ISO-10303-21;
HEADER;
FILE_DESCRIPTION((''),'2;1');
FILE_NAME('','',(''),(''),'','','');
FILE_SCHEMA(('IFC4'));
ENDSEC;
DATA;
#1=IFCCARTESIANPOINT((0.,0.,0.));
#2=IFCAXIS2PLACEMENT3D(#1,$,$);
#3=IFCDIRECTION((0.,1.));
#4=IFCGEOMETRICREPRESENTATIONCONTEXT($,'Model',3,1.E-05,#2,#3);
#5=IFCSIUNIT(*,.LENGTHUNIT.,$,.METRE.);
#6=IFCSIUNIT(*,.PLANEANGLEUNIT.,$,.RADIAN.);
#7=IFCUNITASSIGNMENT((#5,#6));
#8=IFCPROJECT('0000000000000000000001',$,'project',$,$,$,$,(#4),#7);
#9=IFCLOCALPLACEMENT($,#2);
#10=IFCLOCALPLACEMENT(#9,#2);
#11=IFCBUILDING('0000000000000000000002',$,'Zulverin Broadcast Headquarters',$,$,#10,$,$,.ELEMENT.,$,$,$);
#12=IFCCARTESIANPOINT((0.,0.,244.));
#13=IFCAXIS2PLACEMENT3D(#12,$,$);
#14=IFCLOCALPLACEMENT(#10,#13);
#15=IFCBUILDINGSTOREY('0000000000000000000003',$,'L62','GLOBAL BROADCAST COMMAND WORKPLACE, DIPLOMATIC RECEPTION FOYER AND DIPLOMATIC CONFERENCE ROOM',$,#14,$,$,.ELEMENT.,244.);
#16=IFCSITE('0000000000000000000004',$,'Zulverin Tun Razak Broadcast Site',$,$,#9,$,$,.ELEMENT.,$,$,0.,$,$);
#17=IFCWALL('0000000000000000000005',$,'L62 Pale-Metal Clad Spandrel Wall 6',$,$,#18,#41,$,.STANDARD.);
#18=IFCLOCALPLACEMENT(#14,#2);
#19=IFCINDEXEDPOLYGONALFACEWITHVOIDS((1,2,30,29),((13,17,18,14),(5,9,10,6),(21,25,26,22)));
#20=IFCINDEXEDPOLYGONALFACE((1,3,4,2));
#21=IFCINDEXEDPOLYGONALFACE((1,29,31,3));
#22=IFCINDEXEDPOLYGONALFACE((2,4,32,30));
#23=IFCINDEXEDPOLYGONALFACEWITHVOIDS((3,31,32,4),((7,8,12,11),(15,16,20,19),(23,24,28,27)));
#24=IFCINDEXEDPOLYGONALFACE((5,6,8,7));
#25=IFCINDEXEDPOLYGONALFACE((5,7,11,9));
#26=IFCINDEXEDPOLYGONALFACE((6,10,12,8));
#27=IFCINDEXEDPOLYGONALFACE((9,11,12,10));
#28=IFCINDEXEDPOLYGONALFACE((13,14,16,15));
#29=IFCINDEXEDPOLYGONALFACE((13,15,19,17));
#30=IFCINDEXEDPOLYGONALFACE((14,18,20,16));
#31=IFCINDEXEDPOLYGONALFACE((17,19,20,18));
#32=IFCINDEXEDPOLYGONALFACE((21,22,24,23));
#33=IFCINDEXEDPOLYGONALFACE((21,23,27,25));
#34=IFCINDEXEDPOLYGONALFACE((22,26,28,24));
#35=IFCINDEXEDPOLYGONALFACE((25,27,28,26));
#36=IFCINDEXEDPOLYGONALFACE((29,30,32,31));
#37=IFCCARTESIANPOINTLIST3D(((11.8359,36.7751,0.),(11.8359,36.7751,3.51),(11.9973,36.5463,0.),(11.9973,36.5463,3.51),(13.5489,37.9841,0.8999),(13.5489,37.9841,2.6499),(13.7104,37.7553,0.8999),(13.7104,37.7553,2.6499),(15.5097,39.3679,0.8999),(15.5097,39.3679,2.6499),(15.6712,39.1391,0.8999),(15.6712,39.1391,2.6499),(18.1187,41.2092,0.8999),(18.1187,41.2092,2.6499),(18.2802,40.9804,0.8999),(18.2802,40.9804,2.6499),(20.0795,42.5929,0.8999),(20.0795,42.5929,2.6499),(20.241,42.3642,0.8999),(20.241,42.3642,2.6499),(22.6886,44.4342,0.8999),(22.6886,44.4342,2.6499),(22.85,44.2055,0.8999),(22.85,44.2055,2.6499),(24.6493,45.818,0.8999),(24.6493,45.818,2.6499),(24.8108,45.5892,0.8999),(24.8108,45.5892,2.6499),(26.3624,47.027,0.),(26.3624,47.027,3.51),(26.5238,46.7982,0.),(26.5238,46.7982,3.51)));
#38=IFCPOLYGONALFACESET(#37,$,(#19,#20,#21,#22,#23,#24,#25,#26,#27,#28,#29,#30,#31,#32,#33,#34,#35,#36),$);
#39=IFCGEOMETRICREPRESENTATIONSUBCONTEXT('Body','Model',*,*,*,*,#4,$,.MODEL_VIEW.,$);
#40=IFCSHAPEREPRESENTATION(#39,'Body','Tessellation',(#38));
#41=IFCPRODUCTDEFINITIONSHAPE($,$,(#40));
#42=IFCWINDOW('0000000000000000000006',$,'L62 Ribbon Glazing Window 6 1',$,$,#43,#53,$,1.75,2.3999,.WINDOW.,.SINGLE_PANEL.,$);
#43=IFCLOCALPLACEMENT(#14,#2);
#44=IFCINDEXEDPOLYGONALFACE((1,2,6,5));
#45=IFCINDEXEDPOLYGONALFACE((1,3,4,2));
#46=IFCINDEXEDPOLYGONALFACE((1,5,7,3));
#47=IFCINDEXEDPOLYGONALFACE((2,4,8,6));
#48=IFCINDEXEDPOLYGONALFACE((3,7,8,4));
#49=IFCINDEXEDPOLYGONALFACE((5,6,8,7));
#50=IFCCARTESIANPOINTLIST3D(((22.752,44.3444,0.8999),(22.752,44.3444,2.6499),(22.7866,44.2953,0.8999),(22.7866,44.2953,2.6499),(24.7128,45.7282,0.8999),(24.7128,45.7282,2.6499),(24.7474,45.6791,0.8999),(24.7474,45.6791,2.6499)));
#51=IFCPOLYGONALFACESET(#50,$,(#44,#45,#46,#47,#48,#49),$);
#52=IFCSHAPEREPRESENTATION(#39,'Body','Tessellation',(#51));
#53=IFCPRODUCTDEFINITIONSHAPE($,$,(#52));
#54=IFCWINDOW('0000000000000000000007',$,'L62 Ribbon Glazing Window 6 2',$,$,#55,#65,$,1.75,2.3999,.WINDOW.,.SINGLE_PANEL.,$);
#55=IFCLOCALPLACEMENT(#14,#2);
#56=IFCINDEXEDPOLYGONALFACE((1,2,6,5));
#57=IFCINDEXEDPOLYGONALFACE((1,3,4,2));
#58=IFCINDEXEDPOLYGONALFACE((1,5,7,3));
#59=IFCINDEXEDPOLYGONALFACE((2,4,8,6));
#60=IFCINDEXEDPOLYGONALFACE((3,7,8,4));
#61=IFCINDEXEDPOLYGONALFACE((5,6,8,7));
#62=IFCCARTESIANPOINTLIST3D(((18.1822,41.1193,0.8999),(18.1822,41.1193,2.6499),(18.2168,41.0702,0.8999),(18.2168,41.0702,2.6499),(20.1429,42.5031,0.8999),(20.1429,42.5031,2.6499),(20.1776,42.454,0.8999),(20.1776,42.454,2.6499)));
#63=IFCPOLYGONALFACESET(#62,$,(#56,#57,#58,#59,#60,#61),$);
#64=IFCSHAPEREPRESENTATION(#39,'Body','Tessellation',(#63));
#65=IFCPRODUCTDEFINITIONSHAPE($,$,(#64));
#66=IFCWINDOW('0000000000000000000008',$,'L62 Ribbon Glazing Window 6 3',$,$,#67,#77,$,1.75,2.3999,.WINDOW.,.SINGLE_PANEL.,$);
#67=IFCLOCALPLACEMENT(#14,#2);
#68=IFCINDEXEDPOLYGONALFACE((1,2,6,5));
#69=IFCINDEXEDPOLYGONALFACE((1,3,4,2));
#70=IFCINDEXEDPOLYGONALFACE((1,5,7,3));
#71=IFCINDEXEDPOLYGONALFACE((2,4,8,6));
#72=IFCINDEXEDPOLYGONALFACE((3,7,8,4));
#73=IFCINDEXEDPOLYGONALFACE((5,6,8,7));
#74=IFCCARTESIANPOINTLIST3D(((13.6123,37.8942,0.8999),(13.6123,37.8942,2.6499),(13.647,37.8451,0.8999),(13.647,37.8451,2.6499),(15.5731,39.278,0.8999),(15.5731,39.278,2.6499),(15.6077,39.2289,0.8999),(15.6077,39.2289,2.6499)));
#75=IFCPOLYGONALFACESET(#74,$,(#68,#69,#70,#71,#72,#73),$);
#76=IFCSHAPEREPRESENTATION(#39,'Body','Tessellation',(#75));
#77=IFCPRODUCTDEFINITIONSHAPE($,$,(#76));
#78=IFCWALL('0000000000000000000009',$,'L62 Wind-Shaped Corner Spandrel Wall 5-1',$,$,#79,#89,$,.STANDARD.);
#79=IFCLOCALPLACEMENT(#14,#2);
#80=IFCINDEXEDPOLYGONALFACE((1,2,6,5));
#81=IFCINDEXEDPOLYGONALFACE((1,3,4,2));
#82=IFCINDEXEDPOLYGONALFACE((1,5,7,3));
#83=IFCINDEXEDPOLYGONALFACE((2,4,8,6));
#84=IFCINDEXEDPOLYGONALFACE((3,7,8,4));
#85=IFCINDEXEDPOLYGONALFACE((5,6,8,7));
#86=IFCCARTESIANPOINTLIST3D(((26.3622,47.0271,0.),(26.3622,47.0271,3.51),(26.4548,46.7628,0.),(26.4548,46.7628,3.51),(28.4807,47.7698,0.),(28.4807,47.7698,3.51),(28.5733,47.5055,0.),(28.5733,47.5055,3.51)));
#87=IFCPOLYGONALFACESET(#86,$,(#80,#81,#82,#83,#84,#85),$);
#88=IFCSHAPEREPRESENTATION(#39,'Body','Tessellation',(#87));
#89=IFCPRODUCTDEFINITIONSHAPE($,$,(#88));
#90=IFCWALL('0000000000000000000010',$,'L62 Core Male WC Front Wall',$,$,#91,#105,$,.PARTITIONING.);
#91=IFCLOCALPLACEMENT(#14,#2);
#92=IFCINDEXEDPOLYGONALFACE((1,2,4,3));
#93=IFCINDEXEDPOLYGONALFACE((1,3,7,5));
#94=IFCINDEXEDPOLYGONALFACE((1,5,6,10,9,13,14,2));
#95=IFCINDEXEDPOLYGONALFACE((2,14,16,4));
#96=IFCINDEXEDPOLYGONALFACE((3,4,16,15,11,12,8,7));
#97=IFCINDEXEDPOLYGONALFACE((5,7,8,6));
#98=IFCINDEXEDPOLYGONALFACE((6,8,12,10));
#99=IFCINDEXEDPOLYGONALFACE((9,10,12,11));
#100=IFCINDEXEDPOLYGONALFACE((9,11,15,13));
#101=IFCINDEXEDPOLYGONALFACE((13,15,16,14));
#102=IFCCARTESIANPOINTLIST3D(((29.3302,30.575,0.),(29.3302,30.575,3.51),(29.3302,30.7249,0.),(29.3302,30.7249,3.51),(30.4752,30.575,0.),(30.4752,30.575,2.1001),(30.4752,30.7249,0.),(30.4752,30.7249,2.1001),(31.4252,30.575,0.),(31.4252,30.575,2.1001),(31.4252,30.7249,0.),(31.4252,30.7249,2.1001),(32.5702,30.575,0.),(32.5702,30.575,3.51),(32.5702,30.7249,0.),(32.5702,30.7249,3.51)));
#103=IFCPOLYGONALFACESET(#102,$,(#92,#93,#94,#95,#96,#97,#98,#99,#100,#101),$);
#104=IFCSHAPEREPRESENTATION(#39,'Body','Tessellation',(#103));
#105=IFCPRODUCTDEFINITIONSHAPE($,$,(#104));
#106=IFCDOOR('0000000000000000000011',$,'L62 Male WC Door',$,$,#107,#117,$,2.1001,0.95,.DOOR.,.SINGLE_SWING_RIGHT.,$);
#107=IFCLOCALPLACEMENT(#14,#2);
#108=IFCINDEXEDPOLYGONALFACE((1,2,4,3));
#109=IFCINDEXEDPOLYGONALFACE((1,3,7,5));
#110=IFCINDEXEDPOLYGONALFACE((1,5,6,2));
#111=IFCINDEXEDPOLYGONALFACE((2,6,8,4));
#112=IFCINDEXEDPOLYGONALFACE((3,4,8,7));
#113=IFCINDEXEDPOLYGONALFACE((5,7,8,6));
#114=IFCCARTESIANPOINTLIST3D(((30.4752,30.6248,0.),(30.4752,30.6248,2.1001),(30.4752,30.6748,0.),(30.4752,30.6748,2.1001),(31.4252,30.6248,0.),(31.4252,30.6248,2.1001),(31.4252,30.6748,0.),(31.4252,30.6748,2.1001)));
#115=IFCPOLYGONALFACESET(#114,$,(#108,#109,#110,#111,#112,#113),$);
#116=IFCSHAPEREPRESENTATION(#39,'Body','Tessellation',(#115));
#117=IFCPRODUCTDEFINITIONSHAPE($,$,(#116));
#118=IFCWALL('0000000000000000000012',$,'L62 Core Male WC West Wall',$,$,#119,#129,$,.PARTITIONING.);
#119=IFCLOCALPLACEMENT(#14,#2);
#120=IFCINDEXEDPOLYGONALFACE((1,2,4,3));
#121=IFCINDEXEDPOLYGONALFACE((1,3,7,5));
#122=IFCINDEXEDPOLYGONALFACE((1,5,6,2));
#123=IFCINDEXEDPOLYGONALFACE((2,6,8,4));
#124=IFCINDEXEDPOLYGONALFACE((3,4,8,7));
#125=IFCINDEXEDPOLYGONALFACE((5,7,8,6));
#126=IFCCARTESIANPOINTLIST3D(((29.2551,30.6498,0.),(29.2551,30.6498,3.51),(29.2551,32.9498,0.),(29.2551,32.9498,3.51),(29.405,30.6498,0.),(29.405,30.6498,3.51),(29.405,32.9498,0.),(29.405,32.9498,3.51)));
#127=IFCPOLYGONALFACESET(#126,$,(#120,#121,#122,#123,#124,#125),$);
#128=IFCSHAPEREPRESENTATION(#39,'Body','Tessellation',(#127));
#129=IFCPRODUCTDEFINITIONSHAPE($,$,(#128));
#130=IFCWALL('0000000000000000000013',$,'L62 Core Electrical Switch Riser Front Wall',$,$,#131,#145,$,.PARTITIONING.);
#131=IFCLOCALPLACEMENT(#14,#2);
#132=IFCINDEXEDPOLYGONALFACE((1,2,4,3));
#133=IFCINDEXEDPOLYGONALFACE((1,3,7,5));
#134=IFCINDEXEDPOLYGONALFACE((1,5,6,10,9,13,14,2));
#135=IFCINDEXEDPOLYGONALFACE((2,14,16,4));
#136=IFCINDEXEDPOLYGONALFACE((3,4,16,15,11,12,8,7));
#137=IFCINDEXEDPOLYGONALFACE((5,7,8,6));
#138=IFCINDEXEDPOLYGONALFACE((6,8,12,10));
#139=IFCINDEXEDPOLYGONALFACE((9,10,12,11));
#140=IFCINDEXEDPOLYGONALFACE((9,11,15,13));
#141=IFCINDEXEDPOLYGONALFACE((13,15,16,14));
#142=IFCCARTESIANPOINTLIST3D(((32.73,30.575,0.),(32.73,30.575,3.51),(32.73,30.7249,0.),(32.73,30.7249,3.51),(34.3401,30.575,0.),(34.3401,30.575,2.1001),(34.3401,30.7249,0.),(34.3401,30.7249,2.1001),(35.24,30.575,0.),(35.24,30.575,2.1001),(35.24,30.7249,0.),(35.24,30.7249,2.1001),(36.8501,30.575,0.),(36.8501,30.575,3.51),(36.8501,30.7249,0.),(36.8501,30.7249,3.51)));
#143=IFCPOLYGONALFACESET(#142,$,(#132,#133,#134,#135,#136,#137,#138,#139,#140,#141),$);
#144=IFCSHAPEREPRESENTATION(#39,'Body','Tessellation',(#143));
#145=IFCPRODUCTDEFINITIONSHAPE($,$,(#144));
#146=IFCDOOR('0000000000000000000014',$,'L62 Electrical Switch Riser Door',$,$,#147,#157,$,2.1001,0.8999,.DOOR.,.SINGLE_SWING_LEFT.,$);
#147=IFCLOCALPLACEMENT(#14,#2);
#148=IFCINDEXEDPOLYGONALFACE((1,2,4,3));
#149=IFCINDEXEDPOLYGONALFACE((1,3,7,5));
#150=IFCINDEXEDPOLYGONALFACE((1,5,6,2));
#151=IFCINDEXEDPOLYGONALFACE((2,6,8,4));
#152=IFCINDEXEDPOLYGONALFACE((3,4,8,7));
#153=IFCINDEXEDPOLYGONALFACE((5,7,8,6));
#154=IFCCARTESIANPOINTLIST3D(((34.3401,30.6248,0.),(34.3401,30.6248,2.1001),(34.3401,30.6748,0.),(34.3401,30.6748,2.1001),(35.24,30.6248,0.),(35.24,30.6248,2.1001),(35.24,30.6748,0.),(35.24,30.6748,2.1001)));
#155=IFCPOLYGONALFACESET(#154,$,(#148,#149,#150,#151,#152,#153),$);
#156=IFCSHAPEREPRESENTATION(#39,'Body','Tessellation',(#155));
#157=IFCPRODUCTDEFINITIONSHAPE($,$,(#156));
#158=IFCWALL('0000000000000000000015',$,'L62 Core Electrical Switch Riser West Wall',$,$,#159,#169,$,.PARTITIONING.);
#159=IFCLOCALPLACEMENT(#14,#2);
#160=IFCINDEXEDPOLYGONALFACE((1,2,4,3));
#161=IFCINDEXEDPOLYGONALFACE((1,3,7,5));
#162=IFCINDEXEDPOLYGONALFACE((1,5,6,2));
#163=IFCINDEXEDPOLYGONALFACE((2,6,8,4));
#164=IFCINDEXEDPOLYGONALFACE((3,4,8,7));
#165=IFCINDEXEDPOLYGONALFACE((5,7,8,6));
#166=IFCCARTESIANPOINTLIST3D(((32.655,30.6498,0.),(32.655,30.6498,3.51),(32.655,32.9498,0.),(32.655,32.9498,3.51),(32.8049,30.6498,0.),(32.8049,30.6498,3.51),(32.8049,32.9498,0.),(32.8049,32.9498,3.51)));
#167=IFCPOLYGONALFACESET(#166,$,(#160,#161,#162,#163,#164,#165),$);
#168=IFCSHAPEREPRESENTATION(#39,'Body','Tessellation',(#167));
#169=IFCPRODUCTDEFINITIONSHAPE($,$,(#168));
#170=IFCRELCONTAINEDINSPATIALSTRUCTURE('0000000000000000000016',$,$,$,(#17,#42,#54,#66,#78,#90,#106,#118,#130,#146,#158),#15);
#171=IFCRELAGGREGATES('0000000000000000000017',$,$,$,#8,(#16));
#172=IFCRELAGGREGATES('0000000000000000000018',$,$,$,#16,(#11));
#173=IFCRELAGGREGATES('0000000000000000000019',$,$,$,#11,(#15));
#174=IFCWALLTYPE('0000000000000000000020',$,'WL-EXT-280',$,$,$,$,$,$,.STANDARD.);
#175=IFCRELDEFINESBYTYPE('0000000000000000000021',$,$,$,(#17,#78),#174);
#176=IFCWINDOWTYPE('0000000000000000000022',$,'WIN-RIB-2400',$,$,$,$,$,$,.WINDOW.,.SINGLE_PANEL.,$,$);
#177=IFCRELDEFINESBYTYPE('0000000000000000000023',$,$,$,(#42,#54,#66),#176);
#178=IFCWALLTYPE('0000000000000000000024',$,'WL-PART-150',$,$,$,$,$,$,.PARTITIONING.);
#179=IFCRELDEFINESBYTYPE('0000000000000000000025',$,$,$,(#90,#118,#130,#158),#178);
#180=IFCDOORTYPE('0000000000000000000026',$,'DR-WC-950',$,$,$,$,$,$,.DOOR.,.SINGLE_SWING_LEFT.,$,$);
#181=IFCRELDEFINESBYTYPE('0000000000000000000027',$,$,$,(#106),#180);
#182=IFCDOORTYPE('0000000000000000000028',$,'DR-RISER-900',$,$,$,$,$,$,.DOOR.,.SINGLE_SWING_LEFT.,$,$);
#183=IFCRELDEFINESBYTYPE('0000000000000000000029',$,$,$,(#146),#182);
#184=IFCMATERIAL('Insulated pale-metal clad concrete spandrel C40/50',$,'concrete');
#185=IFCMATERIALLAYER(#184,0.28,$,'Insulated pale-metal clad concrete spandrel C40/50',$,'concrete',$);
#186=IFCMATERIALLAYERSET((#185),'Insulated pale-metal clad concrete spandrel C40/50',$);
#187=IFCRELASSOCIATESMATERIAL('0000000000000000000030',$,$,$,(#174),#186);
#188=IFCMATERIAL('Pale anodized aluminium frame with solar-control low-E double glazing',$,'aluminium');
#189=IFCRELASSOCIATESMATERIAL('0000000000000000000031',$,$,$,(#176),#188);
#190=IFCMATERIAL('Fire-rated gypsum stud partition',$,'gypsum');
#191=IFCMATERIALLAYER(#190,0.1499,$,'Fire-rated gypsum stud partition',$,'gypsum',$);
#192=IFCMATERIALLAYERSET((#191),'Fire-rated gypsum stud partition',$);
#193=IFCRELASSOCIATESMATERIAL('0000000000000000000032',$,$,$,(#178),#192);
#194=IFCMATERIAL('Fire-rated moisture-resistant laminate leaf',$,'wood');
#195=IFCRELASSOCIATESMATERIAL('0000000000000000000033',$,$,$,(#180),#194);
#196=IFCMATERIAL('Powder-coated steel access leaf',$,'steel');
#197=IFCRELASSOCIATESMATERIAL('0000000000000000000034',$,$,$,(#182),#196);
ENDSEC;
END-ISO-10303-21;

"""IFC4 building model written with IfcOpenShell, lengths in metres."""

from ifc_helpers import new_model, si_unit, direction, frame, frame_2d, origin, place, context, subcontext, project, spatial, rectangle, extrude, material, layer, layer_set, type_object, element, fill, save


model = new_model("IFC4")

# Units and contexts
model_context = context("Model", 3, precision=1e-05, world=origin(), true_north=direction((0.0, 1.0)))
body_context = subcontext(model_context, "Body", "Model", "MODEL_VIEW")
ifc_project = project(units=[si_unit("LENGTHUNIT", "METRE"), si_unit("PLANEANGLEUNIT", "RADIAN")], contexts=[model_context])

# Site, building, storey
site_placement = place(None, origin())
site = spatial("IfcSite", under=ifc_project, at=site_placement, Name="Zulverin Tun Razak Broadcast Site", CompositionType="ELEMENT", RefElevation=0.0)
building_placement = place(site_placement, origin())
building = spatial("IfcBuilding", under=site, at=building_placement, Name="Zulverin Broadcast Headquarters", CompositionType="ELEMENT")
storey_placement = place(building_placement, frame((0.0, 0.0, 244.0)))
storey = spatial("IfcBuildingStorey", under=building, at=storey_placement, Name="L62", Description="GLOBAL BROADCAST COMMAND WORKPLACE, DIPLOMATIC RECEPTION FOYER AND DIPLOMATIC CONFERENCE ROOM", CompositionType="ELEMENT", Elevation=244.0)

# Wall, openings, windows
ifc_material_1 = material(Name="Insulated pale-metal clad concrete spandrel C40/50", Category="concrete")
ifc_layer_1 = layer(ifc_material_1, 0.28, Name="Insulated pale-metal clad concrete spandrel C40/50", Category="concrete")
ifc_layer_set_1 = layer_set([ifc_layer_1], Name="Insulated pale-metal clad concrete spandrel C40/50")
wall_type_1 = type_object("IfcWallType", Name="WL-EXT-280", PredefinedType="STANDARD", material=ifc_layer_set_1)
wall_1_placement = place(storey_placement, frame((26.4431, 46.9126, 0.0), z_axis=(0.0, 0.0, 1.0), x_axis=(-0.817024, -0.576603, 0.0)))
wall_1 = element("IfcWall", 1, at=wall_1_placement, inside=storey, type_object=wall_type_1, Name="L62 Pale-Metal Clad Spandrel Wall 6", PredefinedType="STANDARD", context=body_context, shape_type="SweptSolid", body=[
    extrude(rectangle(XDim=17.7798, YDim=0.28, at=frame_2d((8.8899, 0.0))), origin(), (0.0, 0.0, 1.0), 3.51),
])
opening_1_placement = place(wall_1_placement, frame((2.0967, 0.0, 0.8999)))
opening_1 = element("IfcOpeningElement", 2, at=opening_1_placement, cuts=wall_1, PredefinedType="OPENING", context=body_context, shape_type="SweptSolid", body=[
    extrude(rectangle(XDim=2.3999, YDim=1.75, at=frame_2d((1.2, 0.875))), frame((0.0, 0.1499, 0.0), z_axis=(0.0, -1.0, 0.0), x_axis=(1.0, 0.0, 0.0)), (0.0, 0.0, 1.0), 0.3),
])
opening_2_placement = place(wall_1_placement, frame((7.6899, 0.0, 0.8999)))
opening_2 = element("IfcOpeningElement", 3, at=opening_2_placement, cuts=wall_1, PredefinedType="OPENING", context=body_context, shape_type="SweptSolid", body=[
    extrude(rectangle(XDim=2.3999, YDim=1.75, at=frame_2d((1.2, 0.875))), frame((0.0, 0.1499, 0.0), z_axis=(0.0, -1.0, 0.0), x_axis=(1.0, 0.0, 0.0)), (0.0, 0.0, 1.0), 0.3),
])
opening_3_placement = place(wall_1_placement, frame((13.2832, 0.0, 0.8999)))
opening_3 = element("IfcOpeningElement", 4, at=opening_3_placement, cuts=wall_1, PredefinedType="OPENING", context=body_context, shape_type="SweptSolid", body=[
    extrude(rectangle(XDim=2.3999, YDim=1.75, at=frame_2d((1.2, 0.875))), frame((0.0, 0.1499, 0.0), z_axis=(0.0, -1.0, 0.0), x_axis=(1.0, 0.0, 0.0)), (0.0, 0.0, 1.0), 0.3),
])
ifc_material_2 = material(Name="Pale anodized aluminium frame with solar-control low-E double glazing", Category="aluminium")
window_type = type_object("IfcWindowType", Name="WIN-RIB-2400", PartitioningType="SINGLE_PANEL", PredefinedType="WINDOW", material=ifc_material_2)
window_1_placement = place(opening_1_placement, origin())
window_1 = element("IfcWindow", 5, at=window_1_placement, inside=storey, type_object=window_type, Name="L62 Ribbon Glazing Window 6 1", OverallHeight=1.75, OverallWidth=2.3999, PartitioningType="SINGLE_PANEL", PredefinedType="WINDOW", context=body_context, shape_type="SweptSolid", body=[
    extrude(rectangle(XDim=2.3999, YDim=1.75, at=frame_2d((1.2, 0.875))), frame((0.0, 0.03, 0.0), z_axis=(0.0, -1.0, 0.0), x_axis=(1.0, 0.0, 0.0)), (0.0, 0.0, 1.0), 0.0601),
])
fill(opening_1, window_1)
window_2_placement = place(opening_2_placement, origin())
window_2 = element("IfcWindow", 6, at=window_2_placement, inside=storey, type_object=window_type, Name="L62 Ribbon Glazing Window 6 2", OverallHeight=1.75, OverallWidth=2.3999, PartitioningType="SINGLE_PANEL", PredefinedType="WINDOW", context=body_context, shape_type="SweptSolid", body=[
    extrude(rectangle(XDim=2.3999, YDim=1.75, at=frame_2d((1.2, 0.875))), frame((0.0, 0.03, 0.0), z_axis=(0.0, -1.0, 0.0), x_axis=(1.0, 0.0, 0.0)), (0.0, 0.0, 1.0), 0.0601),
])
fill(opening_2, window_2)
window_3_placement = place(opening_3_placement, origin())
window_3 = element("IfcWindow", 7, at=window_3_placement, inside=storey, type_object=window_type, Name="L62 Ribbon Glazing Window 6 3", OverallHeight=1.75, OverallWidth=2.3999, PartitioningType="SINGLE_PANEL", PredefinedType="WINDOW", context=body_context, shape_type="SweptSolid", body=[
    extrude(rectangle(XDim=2.3999, YDim=1.75, at=frame_2d((1.2, 0.875))), frame((0.0, 0.03, 0.0), z_axis=(0.0, -1.0, 0.0), x_axis=(1.0, 0.0, 0.0)), (0.0, 0.0, 1.0), 0.0601),
])
fill(opening_3, window_3)

# Wall
wall_2_placement = place(storey_placement, frame((28.5271, 47.6377, 0.0), z_axis=(0.0, 0.0, 1.0), x_axis=(-0.943687, -0.33084, 0.0)))
element("IfcWall", 8, at=wall_2_placement, inside=storey, type_object=wall_type_1, Name="L62 Wind-Shaped Corner Spandrel Wall 5-1", PredefinedType="STANDARD", context=body_context, shape_type="SweptSolid", body=[
    extrude(rectangle(XDim=2.2449, YDim=0.28, at=frame_2d((1.1226, 0.0))), origin(), (0.0, 0.0, 1.0), 3.51),
])

# Wall, opening, door
ifc_material_3 = material(Name="Fire-rated gypsum stud partition", Category="gypsum")
ifc_layer_2 = layer(ifc_material_3, 0.1499, Name="Fire-rated gypsum stud partition", Category="gypsum")
ifc_layer_set_2 = layer_set([ifc_layer_2], Name="Fire-rated gypsum stud partition")
wall_type_2 = type_object("IfcWallType", Name="WL-PART-150", PredefinedType="PARTITIONING", material=ifc_layer_set_2)
wall_3_placement = place(storey_placement, frame((29.3301, 30.6499, 0.0), z_axis=(0.0, 0.0, 1.0), x_axis=(1.0, 0.0, 0.0)))
wall_3 = element("IfcWall", 9, at=wall_3_placement, inside=storey, type_object=wall_type_2, Name="L62 Core Male WC Front Wall", PredefinedType="PARTITIONING", context=body_context, shape_type="SweptSolid", body=[
    extrude(rectangle(XDim=3.24, YDim=0.1499, at=frame_2d((1.6201, 0.0))), origin(), (0.0, 0.0, 1.0), 3.51),
])
opening_4_placement = place(wall_3_placement, frame((1.145, 0.0, 0.0)))
opening_4 = element("IfcOpeningElement", 10, at=opening_4_placement, cuts=wall_3, PredefinedType="OPENING", context=body_context, shape_type="SweptSolid", body=[
    extrude(rectangle(XDim=0.95, YDim=2.1001, at=frame_2d((0.4751, 1.05))), frame((0.0, 0.085, 0.0), z_axis=(0.0, -1.0, 0.0), x_axis=(1.0, 0.0, 0.0)), (0.0, 0.0, 1.0), 0.1699),
])
ifc_material_4 = material(Name="Fire-rated moisture-resistant laminate leaf", Category="wood")
door_type_1 = type_object("IfcDoorType", Name="DR-WC-950", OperationType="SINGLE_SWING_LEFT", PredefinedType="DOOR", material=ifc_material_4)
door_1_placement = place(opening_4_placement, origin())
door_1 = element("IfcDoor", 11, at=door_1_placement, inside=storey, type_object=door_type_1, Name="L62 Male WC Door", OperationType="SINGLE_SWING_RIGHT", OverallHeight=2.1001, OverallWidth=0.95, PredefinedType="DOOR", context=body_context, shape_type="SweptSolid", body=[
    extrude(rectangle(XDim=0.95, YDim=2.1001, at=frame_2d((0.4751, 1.05))), frame((0.0, 0.0249, 0.0), z_axis=(0.0, -1.0, 0.0), x_axis=(1.0, 0.0, 0.0)), (0.0, 0.0, 1.0), 0.05),
])
fill(opening_4, door_1)

# Wall
wall_4_placement = place(storey_placement, frame((29.3301, 30.6499, 0.0), z_axis=(0.0, 0.0, 1.0), x_axis=(0.0, 1.0, 0.0)))
element("IfcWall", 12, at=wall_4_placement, inside=storey, type_object=wall_type_2, Name="L62 Core Male WC West Wall", PredefinedType="PARTITIONING", context=body_context, shape_type="SweptSolid", body=[
    extrude(rectangle(XDim=2.3, YDim=0.1499, at=frame_2d((1.1499, 0.0))), origin(), (0.0, 0.0, 1.0), 3.51),
])

# Wall, opening, door
wall_5_placement = place(storey_placement, frame((32.73, 30.6499, 0.0), z_axis=(0.0, 0.0, 1.0), x_axis=(1.0, 0.0, 0.0)))
wall_5 = element("IfcWall", 13, at=wall_5_placement, inside=storey, type_object=wall_type_2, Name="L62 Core Electrical Switch Riser Front Wall", PredefinedType="PARTITIONING", context=body_context, shape_type="SweptSolid", body=[
    extrude(rectangle(XDim=4.1201, YDim=0.1499, at=frame_2d((2.0601, 0.0))), origin(), (0.0, 0.0, 1.0), 3.51),
])
opening_5_placement = place(wall_5_placement, frame((1.6101, 0.0, 0.0)))
opening_5 = element("IfcOpeningElement", 14, at=opening_5_placement, cuts=wall_5, PredefinedType="OPENING", context=body_context, shape_type="SweptSolid", body=[
    extrude(rectangle(XDim=0.8999, YDim=2.1001, at=frame_2d((0.45, 1.05))), frame((0.0, 0.085, 0.0), z_axis=(0.0, -1.0, 0.0), x_axis=(1.0, 0.0, 0.0)), (0.0, 0.0, 1.0), 0.1699),
])
ifc_material_5 = material(Name="Powder-coated steel access leaf", Category="steel")
door_type_2 = type_object("IfcDoorType", Name="DR-RISER-900", OperationType="SINGLE_SWING_LEFT", PredefinedType="DOOR", material=ifc_material_5)
door_2_placement = place(opening_5_placement, origin())
door_2 = element("IfcDoor", 15, at=door_2_placement, inside=storey, type_object=door_type_2, Name="L62 Electrical Switch Riser Door", OperationType="SINGLE_SWING_LEFT", OverallHeight=2.1001, OverallWidth=0.8999, PredefinedType="DOOR", context=body_context, shape_type="SweptSolid", body=[
    extrude(rectangle(XDim=0.8999, YDim=2.1001, at=frame_2d((0.45, 1.05))), frame((0.0, 0.0249, 0.0), z_axis=(0.0, -1.0, 0.0), x_axis=(1.0, 0.0, 0.0)), (0.0, 0.0, 1.0), 0.05),
])
fill(opening_5, door_2)

# Wall
for number, where, z_axis, x_axis, name in (
    (16, (32.73, 30.6499, 0.0), (0.0, 0.0, 1.0), (0.0, 1.0, 0.0), "L62 Core Electrical Switch Riser West Wall"),
):
    element("IfcWall", number, at=place(storey_placement, frame(where, z_axis=z_axis, x_axis=x_axis)), inside=storey, type_object=wall_type_2, Name=name, PredefinedType="PARTITIONING", context=body_context, shape_type="SweptSolid", body=[
        extrude(rectangle(XDim=2.3, YDim=0.1499, at=frame_2d((1.1499, 0.0))), origin(), (0.0, 0.0, 1.0), 3.51),
    ])

save(model, "model.ifc")
